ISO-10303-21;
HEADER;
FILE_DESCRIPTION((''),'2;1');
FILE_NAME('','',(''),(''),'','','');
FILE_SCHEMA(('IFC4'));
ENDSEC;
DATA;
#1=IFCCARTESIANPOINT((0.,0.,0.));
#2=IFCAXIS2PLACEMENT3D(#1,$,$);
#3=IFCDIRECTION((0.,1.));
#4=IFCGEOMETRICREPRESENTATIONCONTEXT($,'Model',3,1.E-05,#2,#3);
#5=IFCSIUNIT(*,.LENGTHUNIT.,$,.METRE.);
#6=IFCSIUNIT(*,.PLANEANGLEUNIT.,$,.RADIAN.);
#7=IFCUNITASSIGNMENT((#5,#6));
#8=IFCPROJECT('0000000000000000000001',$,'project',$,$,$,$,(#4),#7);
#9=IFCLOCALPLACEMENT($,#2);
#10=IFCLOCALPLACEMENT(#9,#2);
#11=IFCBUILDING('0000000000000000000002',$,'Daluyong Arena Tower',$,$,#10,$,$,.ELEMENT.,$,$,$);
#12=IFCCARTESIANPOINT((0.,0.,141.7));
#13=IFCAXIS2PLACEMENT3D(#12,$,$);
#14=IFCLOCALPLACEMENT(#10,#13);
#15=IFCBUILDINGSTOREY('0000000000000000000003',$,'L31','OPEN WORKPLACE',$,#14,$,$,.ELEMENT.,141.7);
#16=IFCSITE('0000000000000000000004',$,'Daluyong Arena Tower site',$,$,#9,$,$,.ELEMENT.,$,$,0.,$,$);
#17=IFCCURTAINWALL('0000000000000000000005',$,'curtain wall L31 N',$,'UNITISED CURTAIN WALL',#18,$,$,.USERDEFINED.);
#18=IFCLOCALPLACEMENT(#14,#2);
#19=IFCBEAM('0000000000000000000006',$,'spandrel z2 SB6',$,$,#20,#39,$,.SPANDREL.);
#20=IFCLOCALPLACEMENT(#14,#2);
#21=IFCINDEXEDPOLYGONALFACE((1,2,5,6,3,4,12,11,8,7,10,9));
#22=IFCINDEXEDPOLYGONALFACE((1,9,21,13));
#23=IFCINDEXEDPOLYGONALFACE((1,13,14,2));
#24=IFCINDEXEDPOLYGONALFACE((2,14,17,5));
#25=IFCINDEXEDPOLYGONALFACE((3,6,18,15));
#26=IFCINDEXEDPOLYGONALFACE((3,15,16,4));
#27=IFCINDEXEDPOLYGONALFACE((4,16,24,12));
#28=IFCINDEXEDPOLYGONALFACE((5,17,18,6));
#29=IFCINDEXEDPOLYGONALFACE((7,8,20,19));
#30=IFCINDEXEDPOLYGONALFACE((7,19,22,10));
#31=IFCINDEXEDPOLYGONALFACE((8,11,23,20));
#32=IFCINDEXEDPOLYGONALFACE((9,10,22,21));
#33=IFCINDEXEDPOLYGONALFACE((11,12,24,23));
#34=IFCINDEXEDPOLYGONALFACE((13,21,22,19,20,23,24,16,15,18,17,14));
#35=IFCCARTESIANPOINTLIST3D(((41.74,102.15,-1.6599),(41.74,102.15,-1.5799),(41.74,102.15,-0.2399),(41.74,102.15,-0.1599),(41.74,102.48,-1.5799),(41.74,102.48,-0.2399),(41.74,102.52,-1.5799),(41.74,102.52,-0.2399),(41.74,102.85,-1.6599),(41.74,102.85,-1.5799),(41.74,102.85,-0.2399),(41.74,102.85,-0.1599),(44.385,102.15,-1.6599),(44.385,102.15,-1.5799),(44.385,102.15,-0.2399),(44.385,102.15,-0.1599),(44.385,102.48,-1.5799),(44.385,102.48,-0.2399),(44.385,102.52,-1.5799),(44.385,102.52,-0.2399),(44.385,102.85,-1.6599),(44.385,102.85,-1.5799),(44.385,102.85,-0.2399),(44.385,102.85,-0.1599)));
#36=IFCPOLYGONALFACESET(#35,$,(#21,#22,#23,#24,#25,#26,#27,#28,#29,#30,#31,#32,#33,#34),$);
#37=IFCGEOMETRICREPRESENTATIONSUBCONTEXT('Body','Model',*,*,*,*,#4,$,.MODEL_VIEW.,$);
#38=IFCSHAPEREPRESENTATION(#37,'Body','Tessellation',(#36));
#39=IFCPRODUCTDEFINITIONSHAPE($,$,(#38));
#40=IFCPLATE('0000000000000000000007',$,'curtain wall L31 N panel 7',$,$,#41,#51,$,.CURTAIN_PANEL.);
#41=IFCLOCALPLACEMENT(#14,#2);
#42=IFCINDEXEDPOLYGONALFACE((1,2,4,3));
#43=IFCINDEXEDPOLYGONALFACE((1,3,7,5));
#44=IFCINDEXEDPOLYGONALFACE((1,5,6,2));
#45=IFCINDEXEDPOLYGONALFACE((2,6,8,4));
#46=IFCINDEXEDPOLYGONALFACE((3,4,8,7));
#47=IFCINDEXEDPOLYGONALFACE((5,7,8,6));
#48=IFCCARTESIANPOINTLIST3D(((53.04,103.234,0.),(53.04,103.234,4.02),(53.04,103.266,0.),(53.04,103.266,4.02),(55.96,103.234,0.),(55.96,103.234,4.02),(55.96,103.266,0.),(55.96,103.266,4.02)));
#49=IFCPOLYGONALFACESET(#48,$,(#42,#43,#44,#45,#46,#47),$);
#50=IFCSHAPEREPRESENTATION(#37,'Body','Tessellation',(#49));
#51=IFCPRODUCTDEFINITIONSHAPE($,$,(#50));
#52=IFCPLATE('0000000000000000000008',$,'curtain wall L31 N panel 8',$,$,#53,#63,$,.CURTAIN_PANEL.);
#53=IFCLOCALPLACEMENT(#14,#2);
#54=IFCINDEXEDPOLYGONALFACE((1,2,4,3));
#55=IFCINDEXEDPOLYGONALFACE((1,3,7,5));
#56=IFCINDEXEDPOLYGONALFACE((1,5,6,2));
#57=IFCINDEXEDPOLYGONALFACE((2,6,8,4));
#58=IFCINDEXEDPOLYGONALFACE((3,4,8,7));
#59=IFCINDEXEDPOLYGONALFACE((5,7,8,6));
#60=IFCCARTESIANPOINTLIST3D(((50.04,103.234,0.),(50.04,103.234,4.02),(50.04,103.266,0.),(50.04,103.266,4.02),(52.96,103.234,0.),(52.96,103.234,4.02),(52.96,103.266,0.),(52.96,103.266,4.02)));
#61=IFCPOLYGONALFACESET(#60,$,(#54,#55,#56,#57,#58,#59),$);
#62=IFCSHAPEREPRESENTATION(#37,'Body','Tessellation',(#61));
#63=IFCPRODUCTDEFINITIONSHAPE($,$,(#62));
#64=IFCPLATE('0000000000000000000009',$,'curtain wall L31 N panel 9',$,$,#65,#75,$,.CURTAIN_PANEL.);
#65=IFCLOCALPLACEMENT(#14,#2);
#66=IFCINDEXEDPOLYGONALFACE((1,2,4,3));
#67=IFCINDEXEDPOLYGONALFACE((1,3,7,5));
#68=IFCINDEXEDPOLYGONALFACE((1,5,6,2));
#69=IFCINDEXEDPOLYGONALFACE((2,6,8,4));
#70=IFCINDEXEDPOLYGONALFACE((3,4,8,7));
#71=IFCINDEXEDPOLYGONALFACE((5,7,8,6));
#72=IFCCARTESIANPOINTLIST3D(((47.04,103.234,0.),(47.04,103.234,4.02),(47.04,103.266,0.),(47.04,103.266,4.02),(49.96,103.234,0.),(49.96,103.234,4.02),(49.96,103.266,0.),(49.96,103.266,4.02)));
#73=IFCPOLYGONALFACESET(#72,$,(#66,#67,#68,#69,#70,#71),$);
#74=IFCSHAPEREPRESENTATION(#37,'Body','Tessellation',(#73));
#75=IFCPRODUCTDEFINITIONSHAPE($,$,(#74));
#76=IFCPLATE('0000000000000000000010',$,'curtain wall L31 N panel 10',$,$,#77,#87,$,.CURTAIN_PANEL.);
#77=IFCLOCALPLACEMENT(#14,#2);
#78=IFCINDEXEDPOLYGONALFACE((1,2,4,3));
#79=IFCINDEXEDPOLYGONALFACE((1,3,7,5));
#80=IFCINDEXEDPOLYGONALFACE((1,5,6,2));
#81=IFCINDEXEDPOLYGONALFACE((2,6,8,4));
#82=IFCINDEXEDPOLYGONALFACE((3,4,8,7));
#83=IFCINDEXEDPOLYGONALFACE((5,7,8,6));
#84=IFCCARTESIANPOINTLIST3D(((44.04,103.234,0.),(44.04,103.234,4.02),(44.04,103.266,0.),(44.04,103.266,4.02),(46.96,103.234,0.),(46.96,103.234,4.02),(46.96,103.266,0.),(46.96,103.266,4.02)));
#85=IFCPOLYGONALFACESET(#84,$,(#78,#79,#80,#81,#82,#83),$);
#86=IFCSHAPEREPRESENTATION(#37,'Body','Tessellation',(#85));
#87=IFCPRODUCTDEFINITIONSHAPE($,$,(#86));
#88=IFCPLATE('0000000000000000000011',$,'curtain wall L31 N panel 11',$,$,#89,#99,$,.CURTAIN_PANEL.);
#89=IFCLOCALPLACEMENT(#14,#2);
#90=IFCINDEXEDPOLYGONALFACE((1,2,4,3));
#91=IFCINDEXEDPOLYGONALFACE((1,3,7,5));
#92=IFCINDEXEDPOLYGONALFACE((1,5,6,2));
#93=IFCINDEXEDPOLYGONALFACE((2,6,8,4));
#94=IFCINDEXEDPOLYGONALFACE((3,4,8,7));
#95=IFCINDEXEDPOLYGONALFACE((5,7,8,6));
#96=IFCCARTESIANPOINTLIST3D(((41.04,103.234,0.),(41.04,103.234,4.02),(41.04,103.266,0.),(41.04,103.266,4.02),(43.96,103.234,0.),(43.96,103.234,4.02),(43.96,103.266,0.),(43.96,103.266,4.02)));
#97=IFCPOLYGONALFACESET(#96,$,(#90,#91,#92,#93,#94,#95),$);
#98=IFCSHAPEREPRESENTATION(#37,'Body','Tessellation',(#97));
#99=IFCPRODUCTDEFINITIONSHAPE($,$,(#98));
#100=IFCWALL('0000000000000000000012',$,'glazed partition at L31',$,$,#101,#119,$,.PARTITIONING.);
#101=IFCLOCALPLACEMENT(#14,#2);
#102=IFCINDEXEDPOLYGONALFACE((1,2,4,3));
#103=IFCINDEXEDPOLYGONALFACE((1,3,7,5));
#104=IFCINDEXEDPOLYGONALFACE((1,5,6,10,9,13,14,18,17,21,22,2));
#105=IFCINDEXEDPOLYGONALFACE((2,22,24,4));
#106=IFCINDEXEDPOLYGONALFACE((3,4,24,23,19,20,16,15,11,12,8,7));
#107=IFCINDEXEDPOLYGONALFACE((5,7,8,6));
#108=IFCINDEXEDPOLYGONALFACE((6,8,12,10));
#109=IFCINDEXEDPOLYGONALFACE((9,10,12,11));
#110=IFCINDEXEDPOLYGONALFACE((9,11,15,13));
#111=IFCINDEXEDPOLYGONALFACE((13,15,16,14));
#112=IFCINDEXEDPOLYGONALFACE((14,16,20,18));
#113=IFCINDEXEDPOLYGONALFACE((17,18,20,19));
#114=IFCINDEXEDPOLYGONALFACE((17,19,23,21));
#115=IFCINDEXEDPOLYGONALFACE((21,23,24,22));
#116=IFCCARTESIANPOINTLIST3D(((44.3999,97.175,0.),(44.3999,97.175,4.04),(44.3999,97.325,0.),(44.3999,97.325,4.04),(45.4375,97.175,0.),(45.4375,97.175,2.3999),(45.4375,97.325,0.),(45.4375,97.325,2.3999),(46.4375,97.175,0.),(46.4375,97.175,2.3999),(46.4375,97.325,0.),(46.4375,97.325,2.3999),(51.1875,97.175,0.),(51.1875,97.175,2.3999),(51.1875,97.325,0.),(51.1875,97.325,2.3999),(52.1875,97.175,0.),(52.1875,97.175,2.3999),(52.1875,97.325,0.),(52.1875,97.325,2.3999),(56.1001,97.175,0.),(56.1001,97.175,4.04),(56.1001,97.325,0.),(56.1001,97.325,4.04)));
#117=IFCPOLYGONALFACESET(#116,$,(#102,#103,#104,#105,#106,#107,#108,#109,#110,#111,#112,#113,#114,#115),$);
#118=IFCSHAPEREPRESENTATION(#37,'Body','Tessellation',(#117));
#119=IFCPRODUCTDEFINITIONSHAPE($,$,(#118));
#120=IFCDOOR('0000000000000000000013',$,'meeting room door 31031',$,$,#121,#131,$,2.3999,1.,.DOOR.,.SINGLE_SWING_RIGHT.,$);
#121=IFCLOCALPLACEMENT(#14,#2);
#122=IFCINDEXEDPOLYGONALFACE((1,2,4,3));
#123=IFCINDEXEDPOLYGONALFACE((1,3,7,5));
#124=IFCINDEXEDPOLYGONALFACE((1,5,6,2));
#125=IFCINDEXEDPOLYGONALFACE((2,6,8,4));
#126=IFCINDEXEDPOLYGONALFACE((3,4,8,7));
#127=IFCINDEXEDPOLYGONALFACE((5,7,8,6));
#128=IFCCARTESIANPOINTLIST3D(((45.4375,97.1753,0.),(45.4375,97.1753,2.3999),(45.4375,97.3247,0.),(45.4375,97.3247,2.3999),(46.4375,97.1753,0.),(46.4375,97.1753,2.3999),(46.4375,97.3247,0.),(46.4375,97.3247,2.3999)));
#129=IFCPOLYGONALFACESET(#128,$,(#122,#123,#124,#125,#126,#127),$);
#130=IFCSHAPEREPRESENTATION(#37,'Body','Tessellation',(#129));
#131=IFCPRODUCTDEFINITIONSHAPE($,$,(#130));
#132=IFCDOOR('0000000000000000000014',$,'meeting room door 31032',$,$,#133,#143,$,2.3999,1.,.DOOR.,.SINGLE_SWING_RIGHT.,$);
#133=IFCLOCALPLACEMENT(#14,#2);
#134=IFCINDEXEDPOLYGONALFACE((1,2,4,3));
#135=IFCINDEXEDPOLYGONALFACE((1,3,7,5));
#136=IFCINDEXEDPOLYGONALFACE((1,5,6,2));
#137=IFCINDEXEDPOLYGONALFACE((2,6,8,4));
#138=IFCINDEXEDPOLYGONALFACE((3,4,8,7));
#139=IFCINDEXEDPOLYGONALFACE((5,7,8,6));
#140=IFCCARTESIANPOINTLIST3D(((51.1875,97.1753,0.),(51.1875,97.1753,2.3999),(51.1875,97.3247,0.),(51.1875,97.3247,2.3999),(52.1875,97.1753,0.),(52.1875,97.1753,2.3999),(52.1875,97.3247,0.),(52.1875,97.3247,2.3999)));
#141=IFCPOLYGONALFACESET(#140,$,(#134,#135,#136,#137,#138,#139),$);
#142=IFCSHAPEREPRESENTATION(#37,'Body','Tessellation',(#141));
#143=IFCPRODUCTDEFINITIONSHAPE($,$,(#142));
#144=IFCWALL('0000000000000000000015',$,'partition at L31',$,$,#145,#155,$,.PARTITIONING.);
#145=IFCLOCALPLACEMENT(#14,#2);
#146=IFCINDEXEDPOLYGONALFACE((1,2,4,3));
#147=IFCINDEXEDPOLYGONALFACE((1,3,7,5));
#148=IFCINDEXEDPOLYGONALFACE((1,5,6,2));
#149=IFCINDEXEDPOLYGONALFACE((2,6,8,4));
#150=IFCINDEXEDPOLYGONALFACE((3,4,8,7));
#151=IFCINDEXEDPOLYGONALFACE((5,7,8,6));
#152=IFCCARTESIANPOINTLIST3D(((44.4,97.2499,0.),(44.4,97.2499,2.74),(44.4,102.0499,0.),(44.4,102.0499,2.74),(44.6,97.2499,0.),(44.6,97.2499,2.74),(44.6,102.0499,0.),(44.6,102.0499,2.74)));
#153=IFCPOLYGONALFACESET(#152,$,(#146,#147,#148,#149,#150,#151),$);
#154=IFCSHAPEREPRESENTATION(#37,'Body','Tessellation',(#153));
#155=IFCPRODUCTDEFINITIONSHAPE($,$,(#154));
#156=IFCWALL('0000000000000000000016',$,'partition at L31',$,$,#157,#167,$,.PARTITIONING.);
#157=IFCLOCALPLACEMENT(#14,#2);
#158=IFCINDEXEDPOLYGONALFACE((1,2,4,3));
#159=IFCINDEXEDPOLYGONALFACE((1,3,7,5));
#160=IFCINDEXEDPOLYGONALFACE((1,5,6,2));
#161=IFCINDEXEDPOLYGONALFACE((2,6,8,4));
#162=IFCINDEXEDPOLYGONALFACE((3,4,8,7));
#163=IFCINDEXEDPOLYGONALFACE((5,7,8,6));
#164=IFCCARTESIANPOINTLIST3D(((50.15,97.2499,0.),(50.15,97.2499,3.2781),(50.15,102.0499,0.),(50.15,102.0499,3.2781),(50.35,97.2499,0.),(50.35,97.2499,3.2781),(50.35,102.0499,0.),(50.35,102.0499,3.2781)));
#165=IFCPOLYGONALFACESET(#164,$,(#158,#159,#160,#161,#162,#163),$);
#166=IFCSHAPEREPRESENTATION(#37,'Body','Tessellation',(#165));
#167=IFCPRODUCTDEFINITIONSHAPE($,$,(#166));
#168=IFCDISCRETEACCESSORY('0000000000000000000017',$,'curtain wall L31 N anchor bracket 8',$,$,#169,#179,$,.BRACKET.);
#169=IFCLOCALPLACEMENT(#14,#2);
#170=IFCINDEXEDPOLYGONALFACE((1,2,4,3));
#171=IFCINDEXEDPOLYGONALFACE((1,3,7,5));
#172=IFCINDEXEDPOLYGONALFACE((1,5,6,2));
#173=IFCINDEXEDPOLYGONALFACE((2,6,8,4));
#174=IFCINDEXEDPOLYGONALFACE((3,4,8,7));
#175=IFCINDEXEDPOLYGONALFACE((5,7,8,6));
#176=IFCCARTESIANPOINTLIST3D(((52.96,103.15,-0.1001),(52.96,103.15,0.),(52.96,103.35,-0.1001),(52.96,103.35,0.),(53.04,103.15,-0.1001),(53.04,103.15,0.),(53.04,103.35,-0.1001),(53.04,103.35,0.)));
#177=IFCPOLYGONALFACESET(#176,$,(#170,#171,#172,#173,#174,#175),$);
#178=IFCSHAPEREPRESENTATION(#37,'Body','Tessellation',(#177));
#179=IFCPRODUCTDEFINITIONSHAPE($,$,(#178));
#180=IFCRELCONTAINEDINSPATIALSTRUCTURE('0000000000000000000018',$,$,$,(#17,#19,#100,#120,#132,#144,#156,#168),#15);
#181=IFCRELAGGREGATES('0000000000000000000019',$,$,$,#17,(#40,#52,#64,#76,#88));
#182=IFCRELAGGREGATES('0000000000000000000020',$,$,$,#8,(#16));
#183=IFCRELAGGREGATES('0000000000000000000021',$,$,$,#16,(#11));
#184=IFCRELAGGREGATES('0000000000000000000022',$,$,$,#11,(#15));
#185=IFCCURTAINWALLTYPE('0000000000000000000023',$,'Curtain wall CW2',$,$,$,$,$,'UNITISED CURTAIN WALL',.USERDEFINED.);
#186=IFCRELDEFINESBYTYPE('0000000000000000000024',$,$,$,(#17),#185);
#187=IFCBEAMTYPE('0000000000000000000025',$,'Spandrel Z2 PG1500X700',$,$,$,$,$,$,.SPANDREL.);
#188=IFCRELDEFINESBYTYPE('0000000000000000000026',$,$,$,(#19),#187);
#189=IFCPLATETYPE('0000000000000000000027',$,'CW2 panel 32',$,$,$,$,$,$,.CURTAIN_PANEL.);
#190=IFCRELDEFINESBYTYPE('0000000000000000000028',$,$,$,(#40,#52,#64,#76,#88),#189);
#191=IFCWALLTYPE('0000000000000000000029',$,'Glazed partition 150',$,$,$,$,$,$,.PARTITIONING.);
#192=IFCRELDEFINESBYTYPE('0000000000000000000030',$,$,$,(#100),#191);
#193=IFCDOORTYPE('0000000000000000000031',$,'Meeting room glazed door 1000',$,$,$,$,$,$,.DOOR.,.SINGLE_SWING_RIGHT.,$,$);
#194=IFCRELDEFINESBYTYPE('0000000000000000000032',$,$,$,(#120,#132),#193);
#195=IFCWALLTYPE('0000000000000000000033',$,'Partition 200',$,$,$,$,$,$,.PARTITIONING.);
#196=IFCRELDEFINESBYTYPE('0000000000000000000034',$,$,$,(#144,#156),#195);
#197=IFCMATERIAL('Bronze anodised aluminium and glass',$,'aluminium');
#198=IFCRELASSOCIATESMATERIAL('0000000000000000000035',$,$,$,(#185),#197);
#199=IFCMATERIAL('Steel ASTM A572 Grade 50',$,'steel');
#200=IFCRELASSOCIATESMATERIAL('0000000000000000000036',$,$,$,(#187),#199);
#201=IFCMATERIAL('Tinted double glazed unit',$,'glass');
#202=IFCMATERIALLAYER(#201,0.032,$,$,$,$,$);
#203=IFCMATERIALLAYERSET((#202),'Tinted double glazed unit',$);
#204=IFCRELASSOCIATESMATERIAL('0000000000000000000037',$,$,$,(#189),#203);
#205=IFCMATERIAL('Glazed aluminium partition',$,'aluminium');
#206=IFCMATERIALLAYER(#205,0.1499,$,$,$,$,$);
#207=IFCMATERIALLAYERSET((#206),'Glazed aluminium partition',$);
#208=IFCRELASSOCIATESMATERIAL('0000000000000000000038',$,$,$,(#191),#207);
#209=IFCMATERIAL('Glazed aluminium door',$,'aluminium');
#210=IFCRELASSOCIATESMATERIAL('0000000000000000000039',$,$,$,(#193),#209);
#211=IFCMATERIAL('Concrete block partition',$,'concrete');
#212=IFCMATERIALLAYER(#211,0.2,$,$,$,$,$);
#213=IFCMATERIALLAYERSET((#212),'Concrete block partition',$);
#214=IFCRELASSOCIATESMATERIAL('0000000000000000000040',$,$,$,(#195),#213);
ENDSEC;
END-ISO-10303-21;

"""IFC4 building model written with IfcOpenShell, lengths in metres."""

from ifc_helpers import new_model, si_unit, direction, frame, frame_2d, origin, origin_2d, place, context, subcontext, project, spatial, rectangle, i_section, extrude, material, layer, layer_set, material_profile, profile_set, type_object, element, fill, aggregate, save


model = new_model("IFC4")

# Units and contexts
model_context = context("Model", 3, precision=1e-05, world=origin(), true_north=direction((0.0, 1.0)))
body_context = subcontext(model_context, "Body", "Model", "MODEL_VIEW")
ifc_project = project(units=[si_unit("LENGTHUNIT", "METRE"), si_unit("PLANEANGLEUNIT", "RADIAN")], contexts=[model_context])

# Site, building, storey
site_placement = place(None, origin())
site = spatial("IfcSite", under=ifc_project, at=site_placement, Name="Daluyong Arena Tower site", CompositionType="ELEMENT", RefElevation=0.0)
building_placement = place(site_placement, origin())
building = spatial("IfcBuilding", under=site, at=building_placement, Name="Daluyong Arena Tower", CompositionType="ELEMENT")
storey_placement = place(building_placement, frame((0.0, 0.0, 141.7)))
storey = spatial("IfcBuildingStorey", under=building, at=storey_placement, Name="L31", Description="OPEN WORKPLACE", CompositionType="ELEMENT", Elevation=141.7)

# Curtain wall
ifc_material_1 = material(Name="Bronze anodised aluminium and glass", Category="aluminium")
curtain_wall_type = type_object("IfcCurtainWallType", Name="Curtain wall CW2", ElementType="UNITISED CURTAIN WALL", PredefinedType="USERDEFINED", material=ifc_material_1)
curtain_wall_placement = place(storey_placement, origin())
curtain_wall = element("IfcCurtainWall", 1, at=curtain_wall_placement, inside=storey, type_object=curtain_wall_type, Name="curtain wall L31 N", ObjectType="UNITISED CURTAIN WALL", PredefinedType="USERDEFINED")

# Beam
ifc_material_2 = material(Name="Steel ASTM A572 Grade 50", Category="steel")
ifc_material_profile_1 = material_profile(ifc_material_2, i_section(OverallWidth=0.7, OverallDepth=1.5, WebThickness=0.04, FlangeThickness=0.08, at=origin_2d()))
ifc_profile_set_1 = profile_set([ifc_material_profile_1], Name="Steel ASTM A572 Grade 50")
beam_type_1 = type_object("IfcBeamType", Name="Spandrel Z2 PG1500X700", PredefinedType="SPANDREL", material=ifc_profile_set_1)
for number, where, z_axis, x_axis, name in (
    (2, (44.385, 102.5, -0.9099), (-1.0, 0.0, 0.0), (0.0, -1.0, 0.0), "spandrel z2 SB6"),
):
    element("IfcBeam", number, at=place(storey_placement, frame(where, z_axis=z_axis, x_axis=x_axis)), inside=storey, type_object=beam_type_1, Name=name, PredefinedType="SPANDREL", context=body_context, shape_type="SweptSolid", body=[
        extrude(i_section(OverallWidth=0.7, OverallDepth=1.5, WebThickness=0.04, FlangeThickness=0.08, at=origin_2d()), origin(), (0.0, 0.0, 1.0), 2.645),
    ])

# Plates
ifc_material_3 = material(Name="Tinted double glazed unit", Category="glass")
ifc_layer_1 = layer(ifc_material_3, 0.032)
ifc_layer_set_1 = layer_set([ifc_layer_1], Name="Tinted double glazed unit")
plate_type = type_object("IfcPlateType", Name="CW2 panel 32", PredefinedType="CURTAIN_PANEL", material=ifc_layer_set_1)
plate_1_placement = place(storey_placement, frame((54.5, 103.25, 0.0), z_axis=(0.0, 0.0, 1.0), x_axis=(-1.0, 0.0, 0.0)))
plate_1 = element("IfcPlate", 3, at=plate_1_placement, type_object=plate_type, Name="curtain wall L31 N panel 7", PredefinedType="CURTAIN_PANEL", context=body_context, shape_type="SweptSolid", body=[
    extrude(rectangle(XDim=2.9199, YDim=0.032, at=origin_2d()), origin(), (0.0, 0.0, 1.0), 4.02),
])
plate_2_placement = place(storey_placement, frame((51.5, 103.25, 0.0), z_axis=(0.0, 0.0, 1.0), x_axis=(-1.0, 0.0, 0.0)))
plate_2 = element("IfcPlate", 4, at=plate_2_placement, type_object=plate_type, Name="curtain wall L31 N panel 8", PredefinedType="CURTAIN_PANEL", context=body_context, shape_type="SweptSolid", body=[
    extrude(rectangle(XDim=2.9199, YDim=0.032, at=origin_2d()), origin(), (0.0, 0.0, 1.0), 4.02),
])
plate_3_placement = place(storey_placement, frame((48.5, 103.25, 0.0), z_axis=(0.0, 0.0, 1.0), x_axis=(-1.0, 0.0, 0.0)))
plate_3 = element("IfcPlate", 5, at=plate_3_placement, type_object=plate_type, Name="curtain wall L31 N panel 9", PredefinedType="CURTAIN_PANEL", context=body_context, shape_type="SweptSolid", body=[
    extrude(rectangle(XDim=2.9199, YDim=0.032, at=origin_2d()), origin(), (0.0, 0.0, 1.0), 4.02),
])
plate_4_placement = place(storey_placement, frame((45.5, 103.25, 0.0), z_axis=(0.0, 0.0, 1.0), x_axis=(-1.0, 0.0, 0.0)))
plate_4 = element("IfcPlate", 6, at=plate_4_placement, type_object=plate_type, Name="curtain wall L31 N panel 10", PredefinedType="CURTAIN_PANEL", context=body_context, shape_type="SweptSolid", body=[
    extrude(rectangle(XDim=2.9199, YDim=0.032, at=origin_2d()), origin(), (0.0, 0.0, 1.0), 4.02),
])
plate_5_placement = place(storey_placement, frame((42.5, 103.25, 0.0), z_axis=(0.0, 0.0, 1.0), x_axis=(-1.0, 0.0, 0.0)))
plate_5 = element("IfcPlate", 7, at=plate_5_placement, type_object=plate_type, Name="curtain wall L31 N panel 11", PredefinedType="CURTAIN_PANEL", context=body_context, shape_type="SweptSolid", body=[
    extrude(rectangle(XDim=2.9199, YDim=0.032, at=origin_2d()), origin(), (0.0, 0.0, 1.0), 4.02),
])
aggregate(curtain_wall, [plate_1, plate_2, plate_3, plate_4, plate_5])

# Wall, openings, doors
ifc_material_4 = material(Name="Glazed aluminium partition", Category="aluminium")
ifc_layer_2 = layer(ifc_material_4, 0.1499)
ifc_layer_set_2 = layer_set([ifc_layer_2], Name="Glazed aluminium partition")
wall_type_1 = type_object("IfcWallType", Name="Glazed partition 150", PredefinedType="PARTITIONING", material=ifc_layer_set_2)
wall_1_placement = place(storey_placement, frame((44.3999, 97.25, 0.0), z_axis=(0.0, 0.0, 1.0), x_axis=(1.0, 0.0, 0.0)))
wall_1 = element("IfcWall", 8, at=wall_1_placement, inside=storey, type_object=wall_type_1, Name="glazed partition at L31", PredefinedType="PARTITIONING", context=body_context, shape_type="SweptSolid", body=[
    extrude(rectangle(XDim=11.7002, YDim=0.1499, at=frame_2d((5.8501, 0.0))), origin(), (0.0, 0.0, 1.0), 4.04),
])
opening_1_placement = place(wall_1_placement, frame((1.0376, 0.0, 0.0)))
opening_1 = element("IfcOpeningElement", 9, at=opening_1_placement, cuts=wall_1, PredefinedType="OPENING", context=body_context, shape_type="SweptSolid", body=[
    extrude(rectangle(XDim=1.0, YDim=2.3999, at=frame_2d((0.5, 1.2))), frame((0.0, 0.085, 0.0), z_axis=(0.0, -1.0, 0.0), x_axis=(1.0, 0.0, 0.0)), (0.0, 0.0, 1.0), 0.1699),
])
opening_2_placement = place(wall_1_placement, frame((6.7876, 0.0, 0.0)))
opening_2 = element("IfcOpeningElement", 10, at=opening_2_placement, cuts=wall_1, PredefinedType="OPENING", context=body_context, shape_type="SweptSolid", body=[
    extrude(rectangle(XDim=1.0, YDim=2.3999, at=frame_2d((0.5, 1.2))), frame((0.0, 0.085, 0.0), z_axis=(0.0, -1.0, 0.0), x_axis=(1.0, 0.0, 0.0)), (0.0, 0.0, 1.0), 0.1699),
])
ifc_material_5 = material(Name="Glazed aluminium door", Category="aluminium")
door_type = type_object("IfcDoorType", Name="Meeting room glazed door 1000", OperationType="SINGLE_SWING_RIGHT", PredefinedType="DOOR", material=ifc_material_5)
door_1_placement = place(opening_1_placement, origin())
door_1 = element("IfcDoor", 11, at=door_1_placement, inside=storey, type_object=door_type, Name="meeting room door 31031", OperationType="SINGLE_SWING_RIGHT", OverallHeight=2.3999, OverallWidth=1.0, PredefinedType="DOOR", context=body_context, shape_type="SweptSolid", body=[
    extrude(rectangle(XDim=1.0, YDim=2.3999, at=frame_2d((0.5, 1.2))), frame((0.0, 0.0747, 0.0), z_axis=(0.0, -1.0, 0.0), x_axis=(1.0, 0.0, 0.0)), (0.0, 0.0, 1.0), 0.1494),
])
fill(opening_1, door_1)
door_2_placement = place(opening_2_placement, origin())
door_2 = element("IfcDoor", 12, at=door_2_placement, inside=storey, type_object=door_type, Name="meeting room door 31032", OperationType="SINGLE_SWING_RIGHT", OverallHeight=2.3999, OverallWidth=1.0, PredefinedType="DOOR", context=body_context, shape_type="SweptSolid", body=[
    extrude(rectangle(XDim=1.0, YDim=2.3999, at=frame_2d((0.5, 1.2))), frame((0.0, 0.0747, 0.0), z_axis=(0.0, -1.0, 0.0), x_axis=(1.0, 0.0, 0.0)), (0.0, 0.0, 1.0), 0.1494),
])
fill(opening_2, door_2)

# Walls
ifc_material_6 = material(Name="Concrete block partition", Category="concrete")
ifc_layer_3 = layer(ifc_material_6, 0.2)
ifc_layer_set_3 = layer_set([ifc_layer_3], Name="Concrete block partition")
wall_type_2 = type_object("IfcWallType", Name="Partition 200", PredefinedType="PARTITIONING", material=ifc_layer_set_3)
wall_2_placement = place(storey_placement, frame((44.5, 97.25, 0.0), z_axis=(0.0, 0.0, 1.0), x_axis=(0.0, 1.0, 0.0)))
element("IfcWall", 13, at=wall_2_placement, inside=storey, type_object=wall_type_2, Name="partition at L31", PredefinedType="PARTITIONING", context=body_context, shape_type="SweptSolid", body=[
    extrude(rectangle(XDim=4.8, YDim=0.2, at=frame_2d((2.3999, 0.0))), origin(), (0.0, 0.0, 1.0), 2.74),
])
wall_3_placement = place(storey_placement, frame((50.25, 97.25, 0.0), z_axis=(0.0, 0.0, 1.0), x_axis=(0.0, 1.0, 0.0)))
element("IfcWall", 14, at=wall_3_placement, inside=storey, type_object=wall_type_2, Name="partition at L31", PredefinedType="PARTITIONING", context=body_context, shape_type="SweptSolid", body=[
    extrude(rectangle(XDim=4.8, YDim=0.2, at=frame_2d((2.3999, 0.0))), origin(), (0.0, 0.0, 1.0), 3.2781),
])

# Discrete accessory
for number, where, z_axis, x_axis, name in (
    (15, (53.0, 103.25, -0.1001), (0.0, 0.0, 1.0), (-1.0, 0.0, 0.0), "curtain wall L31 N anchor bracket 8"),
):
    element("IfcDiscreteAccessory", number, at=place(storey_placement, frame(where, z_axis=z_axis, x_axis=x_axis)), inside=storey, Name=name, PredefinedType="BRACKET", context=body_context, shape_type="SweptSolid", body=[
        extrude(rectangle(XDim=0.0801, YDim=0.2, at=origin_2d()), origin(), (0.0, 0.0, 1.0), 0.1001),
    ])

save(model, "model.ifc")
